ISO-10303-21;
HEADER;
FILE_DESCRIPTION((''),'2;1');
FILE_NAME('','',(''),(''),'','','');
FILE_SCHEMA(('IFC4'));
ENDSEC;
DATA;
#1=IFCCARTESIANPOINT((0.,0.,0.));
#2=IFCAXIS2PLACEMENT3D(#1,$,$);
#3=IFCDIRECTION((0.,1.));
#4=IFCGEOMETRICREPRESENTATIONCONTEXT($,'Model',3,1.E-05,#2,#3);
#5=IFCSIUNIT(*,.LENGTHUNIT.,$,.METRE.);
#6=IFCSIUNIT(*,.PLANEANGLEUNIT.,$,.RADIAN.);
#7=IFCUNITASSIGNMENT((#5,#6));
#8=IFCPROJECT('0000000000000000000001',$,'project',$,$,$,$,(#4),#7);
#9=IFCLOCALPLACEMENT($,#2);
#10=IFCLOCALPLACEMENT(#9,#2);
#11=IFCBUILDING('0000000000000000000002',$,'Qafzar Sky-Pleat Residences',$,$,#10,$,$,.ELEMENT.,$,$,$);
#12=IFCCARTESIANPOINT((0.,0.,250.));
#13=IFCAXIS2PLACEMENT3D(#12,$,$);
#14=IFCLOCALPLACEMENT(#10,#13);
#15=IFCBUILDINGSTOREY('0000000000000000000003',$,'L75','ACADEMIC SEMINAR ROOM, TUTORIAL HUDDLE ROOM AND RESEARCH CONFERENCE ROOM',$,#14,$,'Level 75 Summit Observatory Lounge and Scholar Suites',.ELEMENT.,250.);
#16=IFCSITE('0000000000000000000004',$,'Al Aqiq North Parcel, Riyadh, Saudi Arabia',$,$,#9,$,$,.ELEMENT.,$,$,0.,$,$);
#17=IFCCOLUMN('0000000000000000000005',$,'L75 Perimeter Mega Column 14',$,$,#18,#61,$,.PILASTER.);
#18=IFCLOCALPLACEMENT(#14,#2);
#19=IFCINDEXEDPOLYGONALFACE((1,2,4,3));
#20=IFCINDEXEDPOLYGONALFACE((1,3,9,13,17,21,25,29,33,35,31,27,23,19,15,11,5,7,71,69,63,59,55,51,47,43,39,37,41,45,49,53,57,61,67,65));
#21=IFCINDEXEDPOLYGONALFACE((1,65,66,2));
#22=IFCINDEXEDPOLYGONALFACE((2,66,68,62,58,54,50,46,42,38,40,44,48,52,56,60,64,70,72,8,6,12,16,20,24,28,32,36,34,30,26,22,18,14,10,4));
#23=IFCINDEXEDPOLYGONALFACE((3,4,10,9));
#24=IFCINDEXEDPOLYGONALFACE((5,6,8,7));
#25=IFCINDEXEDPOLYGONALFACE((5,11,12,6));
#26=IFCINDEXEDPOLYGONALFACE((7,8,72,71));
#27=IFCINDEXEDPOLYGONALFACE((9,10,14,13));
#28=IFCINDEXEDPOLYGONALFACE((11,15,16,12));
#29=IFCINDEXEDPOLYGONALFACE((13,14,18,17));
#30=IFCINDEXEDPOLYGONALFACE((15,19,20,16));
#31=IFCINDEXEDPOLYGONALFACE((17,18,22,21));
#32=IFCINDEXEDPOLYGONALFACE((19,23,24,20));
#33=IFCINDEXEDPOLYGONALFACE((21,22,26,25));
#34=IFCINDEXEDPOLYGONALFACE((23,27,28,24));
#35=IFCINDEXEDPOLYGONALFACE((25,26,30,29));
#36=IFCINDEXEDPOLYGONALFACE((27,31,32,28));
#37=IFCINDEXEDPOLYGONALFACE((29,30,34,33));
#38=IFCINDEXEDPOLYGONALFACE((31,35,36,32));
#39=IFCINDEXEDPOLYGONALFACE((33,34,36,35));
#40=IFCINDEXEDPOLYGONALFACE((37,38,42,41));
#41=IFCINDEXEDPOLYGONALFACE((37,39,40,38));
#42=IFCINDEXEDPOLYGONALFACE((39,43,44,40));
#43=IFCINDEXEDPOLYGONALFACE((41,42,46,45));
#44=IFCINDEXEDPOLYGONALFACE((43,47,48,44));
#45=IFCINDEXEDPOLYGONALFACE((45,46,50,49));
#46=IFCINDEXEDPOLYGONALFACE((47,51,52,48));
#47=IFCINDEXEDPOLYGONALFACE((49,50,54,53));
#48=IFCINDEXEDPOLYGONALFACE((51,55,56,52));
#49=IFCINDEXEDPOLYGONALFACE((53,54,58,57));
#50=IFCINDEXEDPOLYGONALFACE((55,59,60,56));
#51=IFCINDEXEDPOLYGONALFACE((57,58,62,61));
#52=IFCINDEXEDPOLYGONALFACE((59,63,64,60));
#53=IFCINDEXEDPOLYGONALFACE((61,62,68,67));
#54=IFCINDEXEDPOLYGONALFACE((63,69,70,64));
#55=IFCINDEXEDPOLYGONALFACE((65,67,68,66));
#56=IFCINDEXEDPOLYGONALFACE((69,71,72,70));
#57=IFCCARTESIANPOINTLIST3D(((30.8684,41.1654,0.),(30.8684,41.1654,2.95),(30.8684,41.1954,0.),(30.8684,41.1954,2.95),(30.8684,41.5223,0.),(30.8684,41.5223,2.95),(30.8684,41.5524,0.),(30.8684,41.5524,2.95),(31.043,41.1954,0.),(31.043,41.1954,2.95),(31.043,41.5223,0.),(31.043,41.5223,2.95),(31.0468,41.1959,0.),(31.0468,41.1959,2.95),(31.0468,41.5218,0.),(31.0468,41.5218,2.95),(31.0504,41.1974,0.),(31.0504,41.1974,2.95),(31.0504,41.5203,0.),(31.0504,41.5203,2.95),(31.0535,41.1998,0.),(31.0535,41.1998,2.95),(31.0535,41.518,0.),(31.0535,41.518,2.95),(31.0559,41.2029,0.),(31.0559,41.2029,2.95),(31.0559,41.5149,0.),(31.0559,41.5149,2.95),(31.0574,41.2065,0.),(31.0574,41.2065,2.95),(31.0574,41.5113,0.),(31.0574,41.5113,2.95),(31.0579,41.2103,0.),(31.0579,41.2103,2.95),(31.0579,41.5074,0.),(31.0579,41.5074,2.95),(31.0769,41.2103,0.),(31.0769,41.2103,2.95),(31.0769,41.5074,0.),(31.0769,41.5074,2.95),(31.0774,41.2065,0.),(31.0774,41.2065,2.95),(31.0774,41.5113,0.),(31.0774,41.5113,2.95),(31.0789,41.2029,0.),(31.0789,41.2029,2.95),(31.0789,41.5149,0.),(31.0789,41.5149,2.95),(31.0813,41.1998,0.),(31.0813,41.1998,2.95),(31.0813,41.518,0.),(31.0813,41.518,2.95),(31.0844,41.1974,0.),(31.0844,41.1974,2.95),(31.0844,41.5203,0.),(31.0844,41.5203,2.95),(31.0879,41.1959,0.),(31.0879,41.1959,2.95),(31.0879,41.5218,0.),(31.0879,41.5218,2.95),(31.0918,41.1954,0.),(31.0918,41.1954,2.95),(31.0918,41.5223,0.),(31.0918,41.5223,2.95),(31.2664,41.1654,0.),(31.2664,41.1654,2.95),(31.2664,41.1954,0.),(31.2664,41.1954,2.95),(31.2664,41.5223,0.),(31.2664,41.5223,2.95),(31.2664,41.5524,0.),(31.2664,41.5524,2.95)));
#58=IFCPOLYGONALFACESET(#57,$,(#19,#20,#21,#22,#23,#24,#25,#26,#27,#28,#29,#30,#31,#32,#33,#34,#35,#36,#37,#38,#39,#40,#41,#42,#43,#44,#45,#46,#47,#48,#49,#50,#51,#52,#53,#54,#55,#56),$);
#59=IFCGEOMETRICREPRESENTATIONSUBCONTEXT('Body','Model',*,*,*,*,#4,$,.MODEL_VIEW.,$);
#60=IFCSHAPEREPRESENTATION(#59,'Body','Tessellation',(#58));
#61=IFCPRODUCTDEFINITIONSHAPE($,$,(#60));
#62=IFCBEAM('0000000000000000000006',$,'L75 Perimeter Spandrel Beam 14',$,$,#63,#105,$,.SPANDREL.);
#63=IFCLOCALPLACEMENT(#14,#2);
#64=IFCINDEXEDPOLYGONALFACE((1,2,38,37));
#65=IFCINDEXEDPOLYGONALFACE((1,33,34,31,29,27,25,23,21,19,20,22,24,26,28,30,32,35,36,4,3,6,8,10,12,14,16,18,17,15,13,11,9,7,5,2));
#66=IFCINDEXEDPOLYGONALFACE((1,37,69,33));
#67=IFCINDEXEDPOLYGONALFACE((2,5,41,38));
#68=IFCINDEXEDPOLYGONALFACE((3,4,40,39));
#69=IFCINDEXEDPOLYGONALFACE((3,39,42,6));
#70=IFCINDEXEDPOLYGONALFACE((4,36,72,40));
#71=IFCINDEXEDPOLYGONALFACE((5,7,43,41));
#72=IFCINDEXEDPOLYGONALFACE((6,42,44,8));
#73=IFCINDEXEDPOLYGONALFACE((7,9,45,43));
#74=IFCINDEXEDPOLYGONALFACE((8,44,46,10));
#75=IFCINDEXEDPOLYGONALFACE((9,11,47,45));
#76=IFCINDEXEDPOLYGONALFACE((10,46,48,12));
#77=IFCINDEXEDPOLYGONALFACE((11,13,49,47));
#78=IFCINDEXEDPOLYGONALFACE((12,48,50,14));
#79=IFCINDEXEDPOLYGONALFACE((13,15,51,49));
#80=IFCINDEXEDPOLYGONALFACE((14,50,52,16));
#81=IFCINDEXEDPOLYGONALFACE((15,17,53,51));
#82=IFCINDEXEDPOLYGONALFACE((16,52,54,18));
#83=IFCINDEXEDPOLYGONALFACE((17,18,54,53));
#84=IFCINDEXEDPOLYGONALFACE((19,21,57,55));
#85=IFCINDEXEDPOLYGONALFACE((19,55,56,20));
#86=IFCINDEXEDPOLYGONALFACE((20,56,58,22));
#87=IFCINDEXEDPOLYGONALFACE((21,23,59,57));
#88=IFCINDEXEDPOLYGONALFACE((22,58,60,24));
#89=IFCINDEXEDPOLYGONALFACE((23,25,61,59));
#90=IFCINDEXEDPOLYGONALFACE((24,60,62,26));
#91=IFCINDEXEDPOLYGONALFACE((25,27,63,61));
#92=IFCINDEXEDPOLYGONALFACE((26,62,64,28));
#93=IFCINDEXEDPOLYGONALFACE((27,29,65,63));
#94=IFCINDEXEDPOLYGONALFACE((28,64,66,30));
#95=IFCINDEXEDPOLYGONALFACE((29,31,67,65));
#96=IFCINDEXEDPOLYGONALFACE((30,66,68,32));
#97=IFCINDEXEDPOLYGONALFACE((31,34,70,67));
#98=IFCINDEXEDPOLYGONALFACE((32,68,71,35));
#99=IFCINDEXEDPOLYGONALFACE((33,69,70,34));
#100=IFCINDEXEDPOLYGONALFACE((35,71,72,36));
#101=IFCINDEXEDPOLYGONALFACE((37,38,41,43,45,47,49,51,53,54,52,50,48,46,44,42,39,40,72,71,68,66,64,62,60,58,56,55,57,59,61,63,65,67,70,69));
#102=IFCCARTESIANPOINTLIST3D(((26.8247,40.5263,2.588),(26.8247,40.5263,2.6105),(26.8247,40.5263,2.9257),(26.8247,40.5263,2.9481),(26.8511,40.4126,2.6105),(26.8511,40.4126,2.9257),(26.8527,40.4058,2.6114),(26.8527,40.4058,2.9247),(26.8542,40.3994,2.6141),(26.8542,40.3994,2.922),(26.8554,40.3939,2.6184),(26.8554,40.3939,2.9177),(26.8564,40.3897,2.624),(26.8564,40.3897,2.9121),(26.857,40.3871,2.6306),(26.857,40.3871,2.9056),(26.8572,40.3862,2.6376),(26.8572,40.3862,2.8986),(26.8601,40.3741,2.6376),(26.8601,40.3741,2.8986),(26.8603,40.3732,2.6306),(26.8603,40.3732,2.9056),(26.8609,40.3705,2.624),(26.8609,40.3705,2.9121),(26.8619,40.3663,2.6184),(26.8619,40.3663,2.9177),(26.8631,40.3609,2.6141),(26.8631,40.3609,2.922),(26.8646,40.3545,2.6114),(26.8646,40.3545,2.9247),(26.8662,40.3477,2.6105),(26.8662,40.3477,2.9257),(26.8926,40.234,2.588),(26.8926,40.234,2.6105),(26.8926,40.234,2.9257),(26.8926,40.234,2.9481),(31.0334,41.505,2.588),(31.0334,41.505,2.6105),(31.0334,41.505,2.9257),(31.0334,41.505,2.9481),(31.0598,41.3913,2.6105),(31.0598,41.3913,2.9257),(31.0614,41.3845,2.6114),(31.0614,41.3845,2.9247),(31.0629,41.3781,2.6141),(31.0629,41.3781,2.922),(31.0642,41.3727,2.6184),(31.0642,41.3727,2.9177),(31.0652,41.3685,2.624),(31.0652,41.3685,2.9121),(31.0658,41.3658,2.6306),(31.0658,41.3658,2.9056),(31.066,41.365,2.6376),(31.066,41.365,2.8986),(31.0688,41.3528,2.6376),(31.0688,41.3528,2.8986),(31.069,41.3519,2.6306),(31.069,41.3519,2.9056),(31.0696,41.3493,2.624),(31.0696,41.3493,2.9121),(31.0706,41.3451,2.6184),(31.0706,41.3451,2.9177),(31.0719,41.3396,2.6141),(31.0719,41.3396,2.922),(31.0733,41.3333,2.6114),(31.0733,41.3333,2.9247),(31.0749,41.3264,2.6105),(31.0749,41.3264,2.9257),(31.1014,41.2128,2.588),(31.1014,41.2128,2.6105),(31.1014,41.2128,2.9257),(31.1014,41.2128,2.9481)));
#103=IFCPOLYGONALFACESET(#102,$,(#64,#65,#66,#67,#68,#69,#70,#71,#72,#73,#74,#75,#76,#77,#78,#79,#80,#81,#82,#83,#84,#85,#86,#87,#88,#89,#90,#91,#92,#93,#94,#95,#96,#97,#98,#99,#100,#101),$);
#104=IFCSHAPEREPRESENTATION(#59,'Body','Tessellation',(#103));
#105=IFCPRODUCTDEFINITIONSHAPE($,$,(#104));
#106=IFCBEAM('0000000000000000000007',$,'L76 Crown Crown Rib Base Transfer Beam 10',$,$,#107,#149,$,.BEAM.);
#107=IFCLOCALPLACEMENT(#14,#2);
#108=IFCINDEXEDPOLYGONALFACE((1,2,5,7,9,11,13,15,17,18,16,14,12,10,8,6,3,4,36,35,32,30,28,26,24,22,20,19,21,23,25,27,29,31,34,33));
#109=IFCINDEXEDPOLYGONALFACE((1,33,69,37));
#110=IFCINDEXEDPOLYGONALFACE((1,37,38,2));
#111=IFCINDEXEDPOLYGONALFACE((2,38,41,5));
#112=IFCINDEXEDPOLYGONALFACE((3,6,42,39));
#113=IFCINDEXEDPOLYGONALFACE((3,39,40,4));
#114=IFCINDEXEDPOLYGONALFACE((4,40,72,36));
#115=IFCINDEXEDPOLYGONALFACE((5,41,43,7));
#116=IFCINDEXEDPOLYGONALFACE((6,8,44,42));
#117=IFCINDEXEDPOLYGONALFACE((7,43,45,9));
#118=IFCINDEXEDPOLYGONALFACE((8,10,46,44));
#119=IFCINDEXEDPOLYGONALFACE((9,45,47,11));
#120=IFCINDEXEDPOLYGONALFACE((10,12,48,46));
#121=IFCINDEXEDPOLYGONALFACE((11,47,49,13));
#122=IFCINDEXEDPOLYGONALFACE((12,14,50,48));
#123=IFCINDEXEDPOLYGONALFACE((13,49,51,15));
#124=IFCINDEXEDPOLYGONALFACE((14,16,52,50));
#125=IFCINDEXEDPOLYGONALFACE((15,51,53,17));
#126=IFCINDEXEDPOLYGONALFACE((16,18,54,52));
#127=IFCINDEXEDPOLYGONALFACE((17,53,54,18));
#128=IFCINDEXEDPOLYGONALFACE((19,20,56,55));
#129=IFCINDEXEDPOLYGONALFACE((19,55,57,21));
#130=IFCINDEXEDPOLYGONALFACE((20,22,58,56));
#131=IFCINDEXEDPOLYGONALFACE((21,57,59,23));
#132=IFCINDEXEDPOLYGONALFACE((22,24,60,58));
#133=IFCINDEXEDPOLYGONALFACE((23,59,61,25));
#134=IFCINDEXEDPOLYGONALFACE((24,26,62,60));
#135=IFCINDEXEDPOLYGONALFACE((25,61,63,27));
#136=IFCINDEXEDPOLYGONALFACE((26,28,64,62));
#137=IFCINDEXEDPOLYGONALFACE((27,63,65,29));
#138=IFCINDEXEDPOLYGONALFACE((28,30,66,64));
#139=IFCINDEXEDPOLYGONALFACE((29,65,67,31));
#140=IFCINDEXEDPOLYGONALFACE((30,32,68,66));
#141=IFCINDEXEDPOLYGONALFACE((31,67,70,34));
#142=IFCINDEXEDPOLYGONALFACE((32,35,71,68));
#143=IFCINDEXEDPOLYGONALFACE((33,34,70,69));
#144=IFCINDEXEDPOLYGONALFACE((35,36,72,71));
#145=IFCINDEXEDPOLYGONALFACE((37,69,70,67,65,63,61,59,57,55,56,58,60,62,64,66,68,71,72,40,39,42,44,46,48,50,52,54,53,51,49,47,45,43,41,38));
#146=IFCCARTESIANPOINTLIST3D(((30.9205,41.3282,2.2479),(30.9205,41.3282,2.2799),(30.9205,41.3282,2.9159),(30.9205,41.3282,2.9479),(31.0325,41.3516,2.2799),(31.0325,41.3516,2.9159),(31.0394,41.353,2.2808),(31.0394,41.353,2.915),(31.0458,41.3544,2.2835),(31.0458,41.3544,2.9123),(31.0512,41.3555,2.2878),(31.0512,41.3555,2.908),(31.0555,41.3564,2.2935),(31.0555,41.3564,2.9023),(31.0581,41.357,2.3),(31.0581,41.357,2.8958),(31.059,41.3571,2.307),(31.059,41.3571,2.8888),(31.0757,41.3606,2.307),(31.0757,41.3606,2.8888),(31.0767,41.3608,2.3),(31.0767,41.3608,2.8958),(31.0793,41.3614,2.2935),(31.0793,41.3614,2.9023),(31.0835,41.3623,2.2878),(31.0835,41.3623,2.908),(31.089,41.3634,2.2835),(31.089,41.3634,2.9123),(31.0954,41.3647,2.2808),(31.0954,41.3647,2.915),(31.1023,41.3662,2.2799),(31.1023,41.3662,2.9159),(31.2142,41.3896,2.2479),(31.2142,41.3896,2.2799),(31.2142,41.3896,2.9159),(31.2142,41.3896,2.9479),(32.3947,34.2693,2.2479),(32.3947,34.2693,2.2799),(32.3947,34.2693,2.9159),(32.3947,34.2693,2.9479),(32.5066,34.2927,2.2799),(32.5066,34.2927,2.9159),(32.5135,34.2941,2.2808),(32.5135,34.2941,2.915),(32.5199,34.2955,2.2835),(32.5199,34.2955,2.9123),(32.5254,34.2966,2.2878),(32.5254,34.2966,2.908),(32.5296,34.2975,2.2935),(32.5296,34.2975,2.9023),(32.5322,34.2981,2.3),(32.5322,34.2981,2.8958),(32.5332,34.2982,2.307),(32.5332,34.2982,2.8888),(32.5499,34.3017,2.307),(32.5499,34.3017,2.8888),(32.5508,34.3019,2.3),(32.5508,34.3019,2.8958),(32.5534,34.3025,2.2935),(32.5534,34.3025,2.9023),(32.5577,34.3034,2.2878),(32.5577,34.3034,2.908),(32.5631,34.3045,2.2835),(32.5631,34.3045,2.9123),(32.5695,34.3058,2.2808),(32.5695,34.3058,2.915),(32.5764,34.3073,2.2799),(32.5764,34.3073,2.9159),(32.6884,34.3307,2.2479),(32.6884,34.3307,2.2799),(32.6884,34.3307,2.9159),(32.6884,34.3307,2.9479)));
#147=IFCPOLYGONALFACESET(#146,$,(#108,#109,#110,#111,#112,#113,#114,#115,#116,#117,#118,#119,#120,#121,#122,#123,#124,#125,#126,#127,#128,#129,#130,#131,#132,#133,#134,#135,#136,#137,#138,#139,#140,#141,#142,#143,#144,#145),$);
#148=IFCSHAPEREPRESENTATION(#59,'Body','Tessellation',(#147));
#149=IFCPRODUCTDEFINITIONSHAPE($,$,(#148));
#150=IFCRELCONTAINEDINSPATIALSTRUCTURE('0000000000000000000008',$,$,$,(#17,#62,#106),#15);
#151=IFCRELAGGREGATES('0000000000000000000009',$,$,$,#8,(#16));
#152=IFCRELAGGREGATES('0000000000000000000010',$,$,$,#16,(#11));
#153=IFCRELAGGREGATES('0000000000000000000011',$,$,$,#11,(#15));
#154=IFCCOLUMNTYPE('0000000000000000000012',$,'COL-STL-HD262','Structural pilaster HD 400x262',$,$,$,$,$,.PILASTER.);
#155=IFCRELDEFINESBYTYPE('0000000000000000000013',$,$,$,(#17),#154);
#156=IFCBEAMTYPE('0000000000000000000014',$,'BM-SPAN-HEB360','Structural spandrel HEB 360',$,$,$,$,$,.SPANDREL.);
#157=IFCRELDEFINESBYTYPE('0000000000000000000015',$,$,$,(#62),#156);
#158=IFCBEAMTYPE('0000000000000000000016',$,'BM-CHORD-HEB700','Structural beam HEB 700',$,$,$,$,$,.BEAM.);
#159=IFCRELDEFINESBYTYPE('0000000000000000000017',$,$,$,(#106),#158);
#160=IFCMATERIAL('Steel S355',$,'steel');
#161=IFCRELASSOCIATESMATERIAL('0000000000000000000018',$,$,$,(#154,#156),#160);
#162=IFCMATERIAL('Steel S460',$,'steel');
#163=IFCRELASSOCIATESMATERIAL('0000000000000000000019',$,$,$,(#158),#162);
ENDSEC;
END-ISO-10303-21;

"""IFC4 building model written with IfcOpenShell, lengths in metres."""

from ifc_helpers import new_model, si_unit, direction, frame, origin, origin_2d, place, context, subcontext, project, spatial, i_section, extrude, source, transform, mapped, material, material_profile, profile_set, type_object, element, save


model = new_model("IFC4")

# Units and contexts
model_context = context("Model", 3, precision=1e-05, world=origin(), true_north=direction((0.0, 1.0)))
body_context = subcontext(model_context, "Body", "Model", "MODEL_VIEW")
ifc_project = project(units=[si_unit("LENGTHUNIT", "METRE"), si_unit("PLANEANGLEUNIT", "RADIAN")], contexts=[model_context])

# Site, building, storey
site_placement = place(None, origin())
site = spatial("IfcSite", under=ifc_project, at=site_placement, Name="Al Aqiq North Parcel, Riyadh, Saudi Arabia", CompositionType="ELEMENT", RefElevation=0.0)
building_placement = place(site_placement, origin())
building = spatial("IfcBuilding", under=site, at=building_placement, Name="Qafzar Sky-Pleat Residences", CompositionType="ELEMENT")
storey_placement = place(building_placement, frame((0.0, 0.0, 250.0)))
storey = spatial("IfcBuildingStorey", under=building, at=storey_placement, Name="L75", Description="ACADEMIC SEMINAR ROOM, TUTORIAL HUDDLE ROOM AND RESEARCH CONFERENCE ROOM", LongName="Level 75 Summit Observatory Lounge and Scholar Suites", CompositionType="ELEMENT", Elevation=250.0)

# Column
ifc_material_1 = material(Name="Steel S355", Category="steel")
ifc_material_profile_1 = material_profile(ifc_material_1, i_section(OverallWidth=0.3979, OverallDepth=0.387, WebThickness=0.019, FlangeThickness=0.03, FilletRadius=0.0149, at=origin_2d()), Name="HD 400x262")
ifc_profile_set_1 = profile_set([ifc_material_profile_1], Name="Steel S355")
column_type = type_object("IfcColumnType", Name="COL-STL-HD262", Description="Structural pilaster HD 400x262", PredefinedType="PILASTER", material=ifc_profile_set_1)
shared_shape_1 = source(origin(), body_context, "Body", "SweptSolid", [
    extrude(i_section(OverallWidth=0.3979, OverallDepth=0.387, WebThickness=0.019, FlangeThickness=0.03, FilletRadius=0.0149, at=origin_2d()), origin(), (0.0, 0.0, 1.0), 2.95),
])
column_placement = place(storey_placement, frame((31.0674, 41.3589, 0.0), z_axis=(0.0, 0.0, 1.0), x_axis=(1.0, 0.0, 0.0)))
element("IfcColumn", 1, at=column_placement, inside=storey, type_object=column_type, Name="L75 Perimeter Mega Column 14", PredefinedType="PILASTER", context=body_context, shape_type="MappedRepresentation", body=[
    mapped(shared_shape_1, transform((0.0, 0.0, 0.0), x_axis=(1.0, 0.0, 0.0), y_axis=(0.0, 1.0, 0.0), z_axis=(0.0, 0.0, 1.0), scale=1.0)),
])

# Beams
ifc_material_profile_2 = material_profile(ifc_material_1, i_section(OverallWidth=0.3, OverallDepth=0.3601, WebThickness=0.0125, FlangeThickness=0.0225, FilletRadius=0.0271, at=origin_2d()), Name="HEB 360")
ifc_profile_set_2 = profile_set([ifc_material_profile_2], Name="Steel S355")
beam_type_1 = type_object("IfcBeamType", Name="BM-SPAN-HEB360", Description="Structural spandrel HEB 360", PredefinedType="SPANDREL", material=ifc_profile_set_2)
shared_shape_2 = source(origin(), body_context, "Body", "SweptSolid", [
    extrude(i_section(OverallWidth=0.3, OverallDepth=0.3601, WebThickness=0.0125, FlangeThickness=0.0225, FilletRadius=0.0271, at=origin_2d()), origin(), (0.0, 0.0, 1.0), 4.321),
])
beam_1_placement = place(storey_placement, frame((31.0674, 41.3589, 2.7681), z_axis=(-0.974009, -0.22651, 0.0), x_axis=(0.22651, -0.974009, 0.0)))
element("IfcBeam", 2, at=beam_1_placement, inside=storey, type_object=beam_type_1, Name="L75 Perimeter Spandrel Beam 14", PredefinedType="SPANDREL", context=body_context, shape_type="MappedRepresentation", body=[
    mapped(shared_shape_2, transform((0.0, 0.0, 0.0), x_axis=(1.0, 0.0, 0.0), y_axis=(0.0, 1.0, 0.0), z_axis=(0.0, 0.0, 1.0), scale=1.0)),
])
ifc_material_2 = material(Name="Steel S460", Category="steel")
ifc_material_profile_3 = material_profile(ifc_material_2, i_section(OverallWidth=0.3, OverallDepth=0.7, WebThickness=0.0171, FlangeThickness=0.032, FilletRadius=0.0271, at=origin_2d()), Name="HEB 700")
ifc_profile_set_3 = profile_set([ifc_material_profile_3], Name="Steel S460")
beam_type_2 = type_object("IfcBeamType", Name="BM-CHORD-HEB700", Description="Structural beam HEB 700", PredefinedType="BEAM", material=ifc_profile_set_3)
shared_shape_3 = source(origin(), body_context, "Body", "SweptSolid", [
    extrude(i_section(OverallWidth=0.3, OverallDepth=0.7, WebThickness=0.0171, FlangeThickness=0.032, FilletRadius=0.0271, at=origin_2d()), origin(), (0.0, 0.0, 1.0), 7.2112),
])
beam_2_placement = place(storey_placement, frame((31.0674, 41.3589, 2.5979), z_axis=(0.204423, -0.978883, 0.0), x_axis=(0.978883, 0.204423, 0.0)))
element("IfcBeam", 3, at=beam_2_placement, inside=storey, type_object=beam_type_2, Name="L76 Crown Crown Rib Base Transfer Beam 10", PredefinedType="BEAM", context=body_context, shape_type="MappedRepresentation", body=[
    mapped(shared_shape_3, transform((0.0, 0.0, 0.0), x_axis=(1.0, 0.0, 0.0), y_axis=(0.0, 1.0, 0.0), z_axis=(0.0, 0.0, 1.0), scale=1.0)),
])

save(model, "model.ifc")
